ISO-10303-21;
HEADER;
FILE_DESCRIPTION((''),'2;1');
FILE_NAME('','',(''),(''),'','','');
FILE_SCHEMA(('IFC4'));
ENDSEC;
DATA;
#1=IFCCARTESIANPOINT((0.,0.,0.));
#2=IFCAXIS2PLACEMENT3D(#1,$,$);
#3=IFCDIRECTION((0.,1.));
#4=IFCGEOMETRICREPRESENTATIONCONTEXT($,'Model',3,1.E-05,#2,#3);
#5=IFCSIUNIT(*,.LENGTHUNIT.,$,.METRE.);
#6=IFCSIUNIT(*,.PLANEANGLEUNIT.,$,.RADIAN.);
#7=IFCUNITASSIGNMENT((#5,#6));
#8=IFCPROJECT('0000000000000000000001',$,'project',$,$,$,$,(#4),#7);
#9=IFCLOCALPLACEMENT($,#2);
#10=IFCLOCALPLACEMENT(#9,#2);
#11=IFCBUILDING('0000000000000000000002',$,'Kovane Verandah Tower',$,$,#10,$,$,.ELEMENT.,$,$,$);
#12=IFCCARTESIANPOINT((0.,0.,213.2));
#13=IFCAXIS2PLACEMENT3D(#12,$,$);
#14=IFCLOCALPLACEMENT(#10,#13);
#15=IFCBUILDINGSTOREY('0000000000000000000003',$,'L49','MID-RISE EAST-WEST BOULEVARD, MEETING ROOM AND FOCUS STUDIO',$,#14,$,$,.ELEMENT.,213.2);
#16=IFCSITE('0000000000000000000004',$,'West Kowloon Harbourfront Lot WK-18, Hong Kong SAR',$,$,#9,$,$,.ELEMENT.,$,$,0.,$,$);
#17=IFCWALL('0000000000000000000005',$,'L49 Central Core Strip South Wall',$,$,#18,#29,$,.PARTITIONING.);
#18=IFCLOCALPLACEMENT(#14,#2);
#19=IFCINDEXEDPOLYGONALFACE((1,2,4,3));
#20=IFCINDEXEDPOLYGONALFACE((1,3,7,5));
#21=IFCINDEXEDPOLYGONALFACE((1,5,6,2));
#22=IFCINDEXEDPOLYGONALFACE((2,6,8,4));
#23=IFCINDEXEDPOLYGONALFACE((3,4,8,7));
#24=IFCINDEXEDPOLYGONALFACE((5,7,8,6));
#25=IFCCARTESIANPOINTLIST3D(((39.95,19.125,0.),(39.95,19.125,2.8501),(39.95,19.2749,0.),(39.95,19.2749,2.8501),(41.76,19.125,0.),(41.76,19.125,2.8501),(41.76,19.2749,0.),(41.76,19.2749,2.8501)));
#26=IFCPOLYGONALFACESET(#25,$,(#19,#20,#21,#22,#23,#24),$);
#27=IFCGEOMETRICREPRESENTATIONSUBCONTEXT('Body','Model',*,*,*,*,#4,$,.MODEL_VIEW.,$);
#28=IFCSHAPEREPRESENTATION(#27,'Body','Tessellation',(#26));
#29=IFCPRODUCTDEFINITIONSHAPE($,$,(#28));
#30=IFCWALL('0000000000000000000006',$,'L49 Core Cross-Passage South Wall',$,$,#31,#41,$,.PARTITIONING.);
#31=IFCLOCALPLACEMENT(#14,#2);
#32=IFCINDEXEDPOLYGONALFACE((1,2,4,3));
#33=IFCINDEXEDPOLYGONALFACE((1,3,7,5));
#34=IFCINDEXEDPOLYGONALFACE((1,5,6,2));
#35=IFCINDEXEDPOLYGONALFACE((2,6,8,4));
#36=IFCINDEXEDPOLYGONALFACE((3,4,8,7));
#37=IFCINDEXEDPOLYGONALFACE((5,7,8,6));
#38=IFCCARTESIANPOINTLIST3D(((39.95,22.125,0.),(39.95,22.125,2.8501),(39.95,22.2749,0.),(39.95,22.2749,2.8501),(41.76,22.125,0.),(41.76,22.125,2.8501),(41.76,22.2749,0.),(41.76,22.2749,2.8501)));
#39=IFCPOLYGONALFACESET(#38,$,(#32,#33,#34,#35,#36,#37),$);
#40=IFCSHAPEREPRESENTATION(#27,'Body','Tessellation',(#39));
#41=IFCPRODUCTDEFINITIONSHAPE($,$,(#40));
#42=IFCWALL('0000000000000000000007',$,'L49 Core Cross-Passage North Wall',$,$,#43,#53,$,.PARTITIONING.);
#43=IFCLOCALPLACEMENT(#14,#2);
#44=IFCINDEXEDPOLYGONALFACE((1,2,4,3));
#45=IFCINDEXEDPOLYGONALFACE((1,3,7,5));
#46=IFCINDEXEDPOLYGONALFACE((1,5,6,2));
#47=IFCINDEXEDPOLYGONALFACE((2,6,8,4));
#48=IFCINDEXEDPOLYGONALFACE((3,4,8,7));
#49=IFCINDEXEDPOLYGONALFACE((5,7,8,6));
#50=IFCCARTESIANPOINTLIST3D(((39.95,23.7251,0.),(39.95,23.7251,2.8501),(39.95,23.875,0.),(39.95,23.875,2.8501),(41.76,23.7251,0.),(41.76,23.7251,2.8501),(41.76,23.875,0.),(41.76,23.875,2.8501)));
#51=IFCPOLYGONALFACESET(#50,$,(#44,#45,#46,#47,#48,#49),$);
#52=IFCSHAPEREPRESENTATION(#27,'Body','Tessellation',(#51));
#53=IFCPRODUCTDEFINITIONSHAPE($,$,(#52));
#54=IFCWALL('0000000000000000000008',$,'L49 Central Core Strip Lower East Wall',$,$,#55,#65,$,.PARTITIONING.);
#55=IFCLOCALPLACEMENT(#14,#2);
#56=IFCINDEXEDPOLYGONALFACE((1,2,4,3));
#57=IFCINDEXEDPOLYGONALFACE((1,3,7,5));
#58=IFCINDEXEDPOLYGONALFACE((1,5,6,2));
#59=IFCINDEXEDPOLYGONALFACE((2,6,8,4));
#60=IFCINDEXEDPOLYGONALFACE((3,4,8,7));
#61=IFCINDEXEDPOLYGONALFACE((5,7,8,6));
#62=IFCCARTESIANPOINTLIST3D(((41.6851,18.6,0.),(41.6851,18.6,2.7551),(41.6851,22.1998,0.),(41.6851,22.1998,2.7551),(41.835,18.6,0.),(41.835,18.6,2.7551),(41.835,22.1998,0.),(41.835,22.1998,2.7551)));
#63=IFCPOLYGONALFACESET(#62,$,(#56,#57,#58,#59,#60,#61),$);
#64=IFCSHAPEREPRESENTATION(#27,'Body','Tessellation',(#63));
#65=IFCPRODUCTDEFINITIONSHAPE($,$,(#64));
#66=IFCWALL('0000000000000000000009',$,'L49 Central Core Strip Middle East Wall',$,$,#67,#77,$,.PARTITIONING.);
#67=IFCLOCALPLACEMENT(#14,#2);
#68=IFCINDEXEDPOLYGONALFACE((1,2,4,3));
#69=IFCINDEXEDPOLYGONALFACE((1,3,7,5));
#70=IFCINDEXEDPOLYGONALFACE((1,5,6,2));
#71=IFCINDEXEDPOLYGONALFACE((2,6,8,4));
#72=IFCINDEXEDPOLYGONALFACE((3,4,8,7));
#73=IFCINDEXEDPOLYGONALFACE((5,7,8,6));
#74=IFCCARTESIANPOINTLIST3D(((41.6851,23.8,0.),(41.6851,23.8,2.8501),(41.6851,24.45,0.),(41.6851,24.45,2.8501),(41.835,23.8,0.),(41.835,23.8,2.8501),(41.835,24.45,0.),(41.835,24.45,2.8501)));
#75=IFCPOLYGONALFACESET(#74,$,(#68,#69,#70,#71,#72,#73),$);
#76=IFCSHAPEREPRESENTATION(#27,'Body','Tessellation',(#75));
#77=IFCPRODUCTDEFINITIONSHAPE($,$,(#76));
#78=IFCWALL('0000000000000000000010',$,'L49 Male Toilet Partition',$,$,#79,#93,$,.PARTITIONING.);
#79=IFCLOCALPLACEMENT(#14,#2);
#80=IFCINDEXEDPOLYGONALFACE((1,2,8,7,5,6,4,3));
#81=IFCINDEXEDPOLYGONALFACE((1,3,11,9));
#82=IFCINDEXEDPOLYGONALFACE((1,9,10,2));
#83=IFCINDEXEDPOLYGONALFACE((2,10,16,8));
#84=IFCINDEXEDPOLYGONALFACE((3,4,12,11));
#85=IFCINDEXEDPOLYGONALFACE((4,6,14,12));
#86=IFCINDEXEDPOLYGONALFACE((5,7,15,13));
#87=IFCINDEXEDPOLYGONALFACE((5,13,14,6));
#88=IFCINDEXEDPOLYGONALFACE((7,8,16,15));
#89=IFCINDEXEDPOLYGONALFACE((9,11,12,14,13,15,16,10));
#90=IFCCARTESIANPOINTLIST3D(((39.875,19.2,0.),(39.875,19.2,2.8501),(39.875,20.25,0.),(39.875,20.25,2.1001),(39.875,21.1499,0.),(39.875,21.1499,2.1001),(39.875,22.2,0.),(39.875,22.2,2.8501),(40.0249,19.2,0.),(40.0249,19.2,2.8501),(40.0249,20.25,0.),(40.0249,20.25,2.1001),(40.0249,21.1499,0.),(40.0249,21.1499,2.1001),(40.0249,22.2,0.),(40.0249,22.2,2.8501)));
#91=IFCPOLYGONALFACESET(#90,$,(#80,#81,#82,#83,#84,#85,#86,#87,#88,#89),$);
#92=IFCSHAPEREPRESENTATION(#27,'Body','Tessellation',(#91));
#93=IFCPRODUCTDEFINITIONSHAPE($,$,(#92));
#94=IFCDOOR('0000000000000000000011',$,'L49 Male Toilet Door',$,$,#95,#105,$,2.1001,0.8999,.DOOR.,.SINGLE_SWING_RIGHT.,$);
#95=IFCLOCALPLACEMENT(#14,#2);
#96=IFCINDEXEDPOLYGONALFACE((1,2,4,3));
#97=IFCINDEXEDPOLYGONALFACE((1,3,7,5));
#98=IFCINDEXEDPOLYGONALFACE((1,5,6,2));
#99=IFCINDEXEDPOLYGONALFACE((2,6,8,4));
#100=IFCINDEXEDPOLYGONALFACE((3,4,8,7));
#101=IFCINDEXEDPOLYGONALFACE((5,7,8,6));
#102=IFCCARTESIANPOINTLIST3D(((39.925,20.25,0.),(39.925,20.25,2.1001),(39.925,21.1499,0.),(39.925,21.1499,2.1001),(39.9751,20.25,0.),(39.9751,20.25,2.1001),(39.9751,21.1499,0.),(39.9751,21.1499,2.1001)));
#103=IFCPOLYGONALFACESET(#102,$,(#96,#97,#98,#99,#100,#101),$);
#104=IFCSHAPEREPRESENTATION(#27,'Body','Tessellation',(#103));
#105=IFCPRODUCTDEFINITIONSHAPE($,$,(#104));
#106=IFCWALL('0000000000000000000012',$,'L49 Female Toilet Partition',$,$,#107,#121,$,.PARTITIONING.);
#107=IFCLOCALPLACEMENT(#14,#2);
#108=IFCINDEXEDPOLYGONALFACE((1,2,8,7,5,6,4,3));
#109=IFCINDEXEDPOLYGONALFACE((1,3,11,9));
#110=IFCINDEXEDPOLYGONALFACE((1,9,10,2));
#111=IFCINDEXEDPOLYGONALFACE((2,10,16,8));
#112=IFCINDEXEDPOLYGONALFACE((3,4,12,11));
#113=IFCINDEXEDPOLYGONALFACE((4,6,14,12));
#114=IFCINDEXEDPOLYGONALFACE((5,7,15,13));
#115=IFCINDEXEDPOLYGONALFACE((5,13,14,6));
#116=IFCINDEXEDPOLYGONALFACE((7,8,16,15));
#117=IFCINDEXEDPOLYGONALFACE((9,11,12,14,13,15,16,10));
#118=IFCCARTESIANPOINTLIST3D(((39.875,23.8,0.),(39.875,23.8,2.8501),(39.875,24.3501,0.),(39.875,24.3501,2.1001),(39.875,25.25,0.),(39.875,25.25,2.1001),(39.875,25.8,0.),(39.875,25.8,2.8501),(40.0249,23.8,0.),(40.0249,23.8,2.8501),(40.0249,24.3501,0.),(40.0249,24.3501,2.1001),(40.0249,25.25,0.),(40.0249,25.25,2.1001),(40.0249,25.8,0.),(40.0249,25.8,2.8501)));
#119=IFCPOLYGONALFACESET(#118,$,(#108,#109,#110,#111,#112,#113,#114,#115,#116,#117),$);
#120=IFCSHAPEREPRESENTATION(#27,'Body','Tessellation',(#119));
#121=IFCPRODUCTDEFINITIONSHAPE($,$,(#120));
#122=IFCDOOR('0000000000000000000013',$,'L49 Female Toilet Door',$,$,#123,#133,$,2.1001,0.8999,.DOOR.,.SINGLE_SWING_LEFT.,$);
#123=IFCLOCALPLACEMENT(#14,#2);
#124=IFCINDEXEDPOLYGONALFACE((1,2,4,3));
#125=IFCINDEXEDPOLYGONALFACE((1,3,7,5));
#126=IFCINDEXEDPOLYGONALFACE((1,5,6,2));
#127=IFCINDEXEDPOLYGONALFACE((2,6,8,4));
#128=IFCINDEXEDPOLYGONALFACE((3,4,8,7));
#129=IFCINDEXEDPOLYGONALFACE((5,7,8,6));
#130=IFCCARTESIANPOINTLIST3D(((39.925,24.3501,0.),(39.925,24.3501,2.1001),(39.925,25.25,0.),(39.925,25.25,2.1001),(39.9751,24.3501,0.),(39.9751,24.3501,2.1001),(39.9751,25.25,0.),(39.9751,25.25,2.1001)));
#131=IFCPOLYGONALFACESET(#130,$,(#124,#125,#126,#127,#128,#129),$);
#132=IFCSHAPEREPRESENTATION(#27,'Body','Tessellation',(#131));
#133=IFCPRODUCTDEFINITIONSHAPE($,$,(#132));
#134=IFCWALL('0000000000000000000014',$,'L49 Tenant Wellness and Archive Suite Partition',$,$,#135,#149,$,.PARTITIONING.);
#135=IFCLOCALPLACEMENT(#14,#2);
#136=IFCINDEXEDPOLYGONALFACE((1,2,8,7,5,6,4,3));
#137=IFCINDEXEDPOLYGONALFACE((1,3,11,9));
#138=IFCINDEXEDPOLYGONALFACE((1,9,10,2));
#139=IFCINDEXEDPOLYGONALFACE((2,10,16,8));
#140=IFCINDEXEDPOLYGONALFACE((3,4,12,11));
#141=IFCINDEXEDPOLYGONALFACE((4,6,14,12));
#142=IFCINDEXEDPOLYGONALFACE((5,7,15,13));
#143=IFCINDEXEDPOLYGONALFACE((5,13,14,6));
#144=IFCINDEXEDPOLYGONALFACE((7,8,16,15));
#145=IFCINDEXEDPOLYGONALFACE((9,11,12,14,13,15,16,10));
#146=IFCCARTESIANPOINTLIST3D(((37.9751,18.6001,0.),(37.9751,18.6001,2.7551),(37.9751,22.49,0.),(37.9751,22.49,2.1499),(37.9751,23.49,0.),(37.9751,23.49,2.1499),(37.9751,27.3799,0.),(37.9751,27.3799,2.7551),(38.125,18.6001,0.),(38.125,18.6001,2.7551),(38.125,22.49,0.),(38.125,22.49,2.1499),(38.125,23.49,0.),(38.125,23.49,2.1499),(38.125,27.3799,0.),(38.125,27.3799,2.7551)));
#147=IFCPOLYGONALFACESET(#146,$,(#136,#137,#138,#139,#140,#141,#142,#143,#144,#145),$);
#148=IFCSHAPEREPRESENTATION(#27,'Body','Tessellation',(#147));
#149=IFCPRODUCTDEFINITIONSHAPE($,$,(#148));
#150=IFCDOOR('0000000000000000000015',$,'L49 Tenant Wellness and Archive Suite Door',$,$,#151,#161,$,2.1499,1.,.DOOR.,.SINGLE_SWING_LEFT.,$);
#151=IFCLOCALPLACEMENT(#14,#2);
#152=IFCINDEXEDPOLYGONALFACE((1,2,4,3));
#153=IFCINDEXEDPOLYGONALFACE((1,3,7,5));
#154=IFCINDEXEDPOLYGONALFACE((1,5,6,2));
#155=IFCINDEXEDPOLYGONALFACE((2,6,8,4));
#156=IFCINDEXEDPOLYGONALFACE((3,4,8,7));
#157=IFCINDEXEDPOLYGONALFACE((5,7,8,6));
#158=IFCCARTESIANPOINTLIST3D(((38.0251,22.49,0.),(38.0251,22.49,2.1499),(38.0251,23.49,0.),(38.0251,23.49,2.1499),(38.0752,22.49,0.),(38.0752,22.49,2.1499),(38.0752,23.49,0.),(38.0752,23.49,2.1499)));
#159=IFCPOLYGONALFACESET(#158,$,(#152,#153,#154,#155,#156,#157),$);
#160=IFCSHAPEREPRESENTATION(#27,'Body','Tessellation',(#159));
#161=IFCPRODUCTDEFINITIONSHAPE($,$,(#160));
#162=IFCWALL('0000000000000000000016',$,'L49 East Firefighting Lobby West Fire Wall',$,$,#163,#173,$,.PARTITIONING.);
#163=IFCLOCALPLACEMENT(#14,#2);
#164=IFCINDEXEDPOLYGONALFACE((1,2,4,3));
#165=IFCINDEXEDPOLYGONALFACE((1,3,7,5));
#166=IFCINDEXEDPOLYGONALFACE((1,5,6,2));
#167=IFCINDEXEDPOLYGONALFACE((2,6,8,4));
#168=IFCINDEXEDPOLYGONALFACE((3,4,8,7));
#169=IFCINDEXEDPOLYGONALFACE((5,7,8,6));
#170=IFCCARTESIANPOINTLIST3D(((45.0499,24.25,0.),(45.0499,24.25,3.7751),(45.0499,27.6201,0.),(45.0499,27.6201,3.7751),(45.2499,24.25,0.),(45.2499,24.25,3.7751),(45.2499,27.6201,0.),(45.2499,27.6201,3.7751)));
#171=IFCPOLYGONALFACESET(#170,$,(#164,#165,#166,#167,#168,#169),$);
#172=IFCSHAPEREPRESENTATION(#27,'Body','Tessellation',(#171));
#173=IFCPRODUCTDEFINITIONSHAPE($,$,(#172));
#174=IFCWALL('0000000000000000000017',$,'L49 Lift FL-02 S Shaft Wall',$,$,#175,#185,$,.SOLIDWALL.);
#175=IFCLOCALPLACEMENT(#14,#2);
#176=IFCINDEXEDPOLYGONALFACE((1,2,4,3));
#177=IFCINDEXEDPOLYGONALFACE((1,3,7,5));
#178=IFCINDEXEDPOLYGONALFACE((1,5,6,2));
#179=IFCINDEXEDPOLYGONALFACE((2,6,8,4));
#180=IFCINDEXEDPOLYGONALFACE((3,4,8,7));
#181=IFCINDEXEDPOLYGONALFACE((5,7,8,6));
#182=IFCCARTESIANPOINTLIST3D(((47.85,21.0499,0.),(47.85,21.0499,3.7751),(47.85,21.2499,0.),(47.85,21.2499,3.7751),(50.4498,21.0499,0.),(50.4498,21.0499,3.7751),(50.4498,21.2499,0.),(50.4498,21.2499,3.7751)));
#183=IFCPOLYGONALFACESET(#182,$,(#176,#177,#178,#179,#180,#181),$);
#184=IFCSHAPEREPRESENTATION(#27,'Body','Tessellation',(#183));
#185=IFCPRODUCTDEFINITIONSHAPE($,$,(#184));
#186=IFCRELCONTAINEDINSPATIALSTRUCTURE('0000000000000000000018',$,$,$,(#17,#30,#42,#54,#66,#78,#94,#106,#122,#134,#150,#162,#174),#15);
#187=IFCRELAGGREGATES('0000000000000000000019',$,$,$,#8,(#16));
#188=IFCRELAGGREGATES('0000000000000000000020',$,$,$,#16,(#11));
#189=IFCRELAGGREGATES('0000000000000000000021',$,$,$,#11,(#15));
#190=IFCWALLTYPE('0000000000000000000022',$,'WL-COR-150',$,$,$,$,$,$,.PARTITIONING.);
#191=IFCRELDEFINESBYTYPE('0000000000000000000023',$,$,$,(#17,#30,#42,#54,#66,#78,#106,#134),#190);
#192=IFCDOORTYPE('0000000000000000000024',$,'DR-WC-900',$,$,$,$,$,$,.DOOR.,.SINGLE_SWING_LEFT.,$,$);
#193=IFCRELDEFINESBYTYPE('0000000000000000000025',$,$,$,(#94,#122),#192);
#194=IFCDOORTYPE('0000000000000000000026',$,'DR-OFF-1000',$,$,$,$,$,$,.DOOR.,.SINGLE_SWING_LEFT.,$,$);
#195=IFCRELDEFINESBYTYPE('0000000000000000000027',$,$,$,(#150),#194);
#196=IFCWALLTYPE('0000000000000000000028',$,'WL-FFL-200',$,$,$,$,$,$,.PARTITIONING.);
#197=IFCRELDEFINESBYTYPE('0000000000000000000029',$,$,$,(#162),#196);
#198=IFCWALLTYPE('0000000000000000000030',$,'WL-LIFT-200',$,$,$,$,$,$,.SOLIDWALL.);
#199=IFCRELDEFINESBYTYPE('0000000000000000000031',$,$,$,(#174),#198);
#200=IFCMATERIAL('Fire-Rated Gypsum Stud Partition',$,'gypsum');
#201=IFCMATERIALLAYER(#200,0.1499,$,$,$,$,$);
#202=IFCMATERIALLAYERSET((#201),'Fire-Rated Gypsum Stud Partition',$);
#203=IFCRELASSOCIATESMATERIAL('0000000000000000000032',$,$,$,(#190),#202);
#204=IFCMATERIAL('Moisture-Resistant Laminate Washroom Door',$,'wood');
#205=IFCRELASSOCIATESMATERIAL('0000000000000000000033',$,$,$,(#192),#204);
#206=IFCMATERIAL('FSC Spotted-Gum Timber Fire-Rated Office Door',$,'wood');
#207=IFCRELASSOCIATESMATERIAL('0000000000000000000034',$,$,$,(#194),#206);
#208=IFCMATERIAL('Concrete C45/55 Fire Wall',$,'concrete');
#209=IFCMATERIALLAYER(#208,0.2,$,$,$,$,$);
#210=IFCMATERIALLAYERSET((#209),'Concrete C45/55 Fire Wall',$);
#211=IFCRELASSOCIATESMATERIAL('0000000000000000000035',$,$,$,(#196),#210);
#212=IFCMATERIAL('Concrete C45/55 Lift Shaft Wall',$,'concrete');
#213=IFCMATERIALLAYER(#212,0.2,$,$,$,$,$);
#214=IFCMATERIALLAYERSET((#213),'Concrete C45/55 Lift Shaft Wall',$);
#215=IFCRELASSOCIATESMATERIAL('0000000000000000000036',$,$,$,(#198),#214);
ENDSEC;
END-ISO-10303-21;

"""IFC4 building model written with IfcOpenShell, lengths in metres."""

from ifc_helpers import new_model, si_unit, direction, frame, frame_2d, origin, place, context, subcontext, project, spatial, rectangle, extrude, material, layer, layer_set, type_object, element, fill, save


model = new_model("IFC4")

# Units and contexts
model_context = context("Model", 3, precision=1e-05, world=origin(), true_north=direction((0.0, 1.0)))
body_context = subcontext(model_context, "Body", "Model", "MODEL_VIEW")
ifc_project = project(units=[si_unit("LENGTHUNIT", "METRE"), si_unit("PLANEANGLEUNIT", "RADIAN")], contexts=[model_context])

# Site, building, storey
site_placement = place(None, origin())
site = spatial("IfcSite", under=ifc_project, at=site_placement, Name="West Kowloon Harbourfront Lot WK-18, Hong Kong SAR", CompositionType="ELEMENT", RefElevation=0.0)
building_placement = place(site_placement, origin())
building = spatial("IfcBuilding", under=site, at=building_placement, Name="Kovane Verandah Tower", CompositionType="ELEMENT")
storey_placement = place(building_placement, frame((0.0, 0.0, 213.2)))
storey = spatial("IfcBuildingStorey", under=building, at=storey_placement, Name="L49", Description="MID-RISE EAST-WEST BOULEVARD, MEETING ROOM AND FOCUS STUDIO", CompositionType="ELEMENT", Elevation=213.2)

# Walls
ifc_material_1 = material(Name="Fire-Rated Gypsum Stud Partition", Category="gypsum")
ifc_layer_1 = layer(ifc_material_1, 0.1499)
ifc_layer_set_1 = layer_set([ifc_layer_1], Name="Fire-Rated Gypsum Stud Partition")
wall_type_1 = type_object("IfcWallType", Name="WL-COR-150", PredefinedType="PARTITIONING", material=ifc_layer_set_1)
for number, where, z_axis, x_axis, name in (
    (1, (39.95, 19.2, 0.0), (0.0, 0.0, 1.0), (1.0, 0.0, 0.0), "L49 Central Core Strip South Wall"),
    (2, (39.95, 22.2, 0.0), (0.0, 0.0, 1.0), (1.0, 0.0, 0.0), "L49 Core Cross-Passage South Wall"),
    (3, (39.95, 23.8, 0.0), (0.0, 0.0, 1.0), (1.0, 0.0, 0.0), "L49 Core Cross-Passage North Wall"),
):
    element("IfcWall", number, at=place(storey_placement, frame(where, z_axis=z_axis, x_axis=x_axis)), inside=storey, type_object=wall_type_1, Name=name, PredefinedType="PARTITIONING", context=body_context, shape_type="SweptSolid", body=[
        extrude(rectangle(XDim=1.8101, YDim=0.1499, at=frame_2d((0.905, 0.0))), origin(), (0.0, 0.0, 1.0), 2.8501),
    ])
wall_1_placement = place(storey_placement, frame((41.76, 18.6001, 0.0), z_axis=(0.0, 0.0, 1.0), x_axis=(0.0, 1.0, 0.0)))
element("IfcWall", 4, at=wall_1_placement, inside=storey, type_object=wall_type_1, Name="L49 Central Core Strip Lower East Wall", PredefinedType="PARTITIONING", context=body_context, shape_type="SweptSolid", body=[
    extrude(rectangle(XDim=3.5999, YDim=0.1499, at=frame_2d((1.7998, 0.0))), origin(), (0.0, 0.0, 1.0), 2.7551),
])
wall_2_placement = place(storey_placement, frame((41.76, 23.8, 0.0), z_axis=(0.0, 0.0, 1.0), x_axis=(0.0, 1.0, 0.0)))
element("IfcWall", 5, at=wall_2_placement, inside=storey, type_object=wall_type_1, Name="L49 Central Core Strip Middle East Wall", PredefinedType="PARTITIONING", context=body_context, shape_type="SweptSolid", body=[
    extrude(rectangle(XDim=0.6499, YDim=0.1499, at=frame_2d((0.325, 0.0))), origin(), (0.0, 0.0, 1.0), 2.8501),
])

# Walls, openings, doors
wall_3_placement = place(storey_placement, frame((39.95, 19.2, 0.0), z_axis=(0.0, 0.0, 1.0), x_axis=(0.0, 1.0, 0.0)))
wall_3 = element("IfcWall", 6, at=wall_3_placement, inside=storey, type_object=wall_type_1, Name="L49 Male Toilet Partition", PredefinedType="PARTITIONING", context=body_context, shape_type="SweptSolid", body=[
    extrude(rectangle(XDim=3.0, YDim=0.1499, at=frame_2d((1.5, 0.0))), origin(), (0.0, 0.0, 1.0), 2.8501),
])
opening_1_placement = place(wall_3_placement, frame((1.05, 0.0, 0.0)))
opening_1 = element("IfcOpeningElement", 7, at=opening_1_placement, cuts=wall_3, PredefinedType="OPENING", context=body_context, shape_type="SweptSolid", body=[
    extrude(rectangle(XDim=0.8999, YDim=2.1001, at=frame_2d((0.45, 1.05))), frame((0.0, 0.075, 0.0), z_axis=(0.0, -1.0, 0.0), x_axis=(1.0, 0.0, 0.0)), (0.0, 0.0, 1.0), 0.1499),
])
ifc_material_2 = material(Name="Moisture-Resistant Laminate Washroom Door", Category="wood")
door_type_1 = type_object("IfcDoorType", Name="DR-WC-900", OperationType="SINGLE_SWING_LEFT", PredefinedType="DOOR", material=ifc_material_2)
door_1_placement = place(opening_1_placement, origin())
door_1 = element("IfcDoor", 8, at=door_1_placement, inside=storey, type_object=door_type_1, Name="L49 Male Toilet Door", OperationType="SINGLE_SWING_RIGHT", OverallHeight=2.1001, OverallWidth=0.8999, PredefinedType="DOOR", context=body_context, shape_type="SweptSolid", body=[
    extrude(rectangle(XDim=0.8999, YDim=2.1001, at=frame_2d((0.45, 1.05))), frame((0.0, 0.0249, 0.0), z_axis=(0.0, -1.0, 0.0), x_axis=(1.0, 0.0, 0.0)), (0.0, 0.0, 1.0), 0.05),
])
fill(opening_1, door_1)
wall_4_placement = place(storey_placement, frame((39.95, 23.8, 0.0), z_axis=(0.0, 0.0, 1.0), x_axis=(0.0, 1.0, 0.0)))
wall_4 = element("IfcWall", 9, at=wall_4_placement, inside=storey, type_object=wall_type_1, Name="L49 Female Toilet Partition", PredefinedType="PARTITIONING", context=body_context, shape_type="SweptSolid", body=[
    extrude(rectangle(XDim=2.0, YDim=0.1499, at=frame_2d((1.0, 0.0))), origin(), (0.0, 0.0, 1.0), 2.8501),
])
opening_2_placement = place(wall_4_placement, frame((0.55, 0.0, 0.0)))
opening_2 = element("IfcOpeningElement", 10, at=opening_2_placement, cuts=wall_4, PredefinedType="OPENING", context=body_context, shape_type="SweptSolid", body=[
    extrude(rectangle(XDim=0.8999, YDim=2.1001, at=frame_2d((0.45, 1.05))), frame((0.0, 0.075, 0.0), z_axis=(0.0, -1.0, 0.0), x_axis=(1.0, 0.0, 0.0)), (0.0, 0.0, 1.0), 0.1499),
])
door_2_placement = place(opening_2_placement, origin())
door_2 = element("IfcDoor", 11, at=door_2_placement, inside=storey, type_object=door_type_1, Name="L49 Female Toilet Door", OperationType="SINGLE_SWING_LEFT", OverallHeight=2.1001, OverallWidth=0.8999, PredefinedType="DOOR", context=body_context, shape_type="SweptSolid", body=[
    extrude(rectangle(XDim=0.8999, YDim=2.1001, at=frame_2d((0.45, 1.05))), frame((0.0, 0.0249, 0.0), z_axis=(0.0, -1.0, 0.0), x_axis=(1.0, 0.0, 0.0)), (0.0, 0.0, 1.0), 0.05),
])
fill(opening_2, door_2)
wall_5_placement = place(storey_placement, frame((38.05, 18.6001, 0.0), z_axis=(0.0, 0.0, 1.0), x_axis=(0.0, 1.0, 0.0)))
wall_5 = element("IfcWall", 12, at=wall_5_placement, inside=storey, type_object=wall_type_1, Name="L49 Tenant Wellness and Archive Suite Partition", PredefinedType="PARTITIONING", context=body_context, shape_type="SweptSolid", body=[
    extrude(rectangle(XDim=8.7798, YDim=0.1499, at=frame_2d((4.3899, 0.0))), origin(), (0.0, 0.0, 1.0), 2.7551),
])
opening_3_placement = place(wall_5_placement, frame((3.8899, 0.0, 0.0)))
opening_3 = element("IfcOpeningElement", 13, at=opening_3_placement, cuts=wall_5, PredefinedType="OPENING", context=body_context, shape_type="SweptSolid", body=[
    extrude(rectangle(XDim=1.0, YDim=2.1499, at=frame_2d((0.5, 1.075))), frame((0.0, 0.075, 0.0), z_axis=(0.0, -1.0, 0.0), x_axis=(1.0, 0.0, 0.0)), (0.0, 0.0, 1.0), 0.1499),
])
ifc_material_3 = material(Name="FSC Spotted-Gum Timber Fire-Rated Office Door", Category="wood")
door_type_2 = type_object("IfcDoorType", Name="DR-OFF-1000", OperationType="SINGLE_SWING_LEFT", PredefinedType="DOOR", material=ifc_material_3)
door_3_placement = place(opening_3_placement, origin())
door_3 = element("IfcDoor", 14, at=door_3_placement, inside=storey, type_object=door_type_2, Name="L49 Tenant Wellness and Archive Suite Door", OperationType="SINGLE_SWING_LEFT", OverallHeight=2.1499, OverallWidth=1.0, PredefinedType="DOOR", context=body_context, shape_type="SweptSolid", body=[
    extrude(rectangle(XDim=1.0, YDim=2.1499, at=frame_2d((0.5, 1.075))), frame((0.0, 0.0249, 0.0), z_axis=(0.0, -1.0, 0.0), x_axis=(1.0, 0.0, 0.0)), (0.0, 0.0, 1.0), 0.05),
])
fill(opening_3, door_3)

# Wall
ifc_material_4 = material(Name="Concrete C45/55 Fire Wall", Category="concrete")
ifc_layer_2 = layer(ifc_material_4, 0.2)
ifc_layer_set_2 = layer_set([ifc_layer_2], Name="Concrete C45/55 Fire Wall")
wall_type_2 = type_object("IfcWallType", Name="WL-FFL-200", PredefinedType="PARTITIONING", material=ifc_layer_set_2)
wall_6_placement = place(storey_placement, frame((45.1499, 24.25, 0.0), z_axis=(0.0, 0.0, 1.0), x_axis=(0.0, 1.0, 0.0)))
element("IfcWall", 15, at=wall_6_placement, inside=storey, type_object=wall_type_2, Name="L49 East Firefighting Lobby West Fire Wall", PredefinedType="PARTITIONING", context=body_context, shape_type="SweptSolid", body=[
    extrude(rectangle(XDim=3.3701, YDim=0.2, at=frame_2d((1.6851, 0.0))), origin(), (0.0, 0.0, 1.0), 3.7751),
])

# Wall
ifc_material_5 = material(Name="Concrete C45/55 Lift Shaft Wall", Category="concrete")
ifc_layer_3 = layer(ifc_material_5, 0.2)
ifc_layer_set_3 = layer_set([ifc_layer_3], Name="Concrete C45/55 Lift Shaft Wall")
wall_type_3 = type_object("IfcWallType", Name="WL-LIFT-200", PredefinedType="SOLIDWALL", material=ifc_layer_set_3)
wall_7_placement = place(storey_placement, frame((47.8501, 21.1499, 0.0), z_axis=(0.0, 0.0, 1.0), x_axis=(1.0, 0.0, 0.0)))
element("IfcWall", 16, at=wall_7_placement, inside=storey, type_object=wall_type_3, Name="L49 Lift FL-02 S Shaft Wall", PredefinedType="SOLIDWALL", context=body_context, shape_type="SweptSolid", body=[
    extrude(rectangle(XDim=2.5999, YDim=0.2, at=frame_2d((1.2998, 0.0))), origin(), (0.0, 0.0, 1.0), 3.7751),
])

save(model, "model.ifc")
